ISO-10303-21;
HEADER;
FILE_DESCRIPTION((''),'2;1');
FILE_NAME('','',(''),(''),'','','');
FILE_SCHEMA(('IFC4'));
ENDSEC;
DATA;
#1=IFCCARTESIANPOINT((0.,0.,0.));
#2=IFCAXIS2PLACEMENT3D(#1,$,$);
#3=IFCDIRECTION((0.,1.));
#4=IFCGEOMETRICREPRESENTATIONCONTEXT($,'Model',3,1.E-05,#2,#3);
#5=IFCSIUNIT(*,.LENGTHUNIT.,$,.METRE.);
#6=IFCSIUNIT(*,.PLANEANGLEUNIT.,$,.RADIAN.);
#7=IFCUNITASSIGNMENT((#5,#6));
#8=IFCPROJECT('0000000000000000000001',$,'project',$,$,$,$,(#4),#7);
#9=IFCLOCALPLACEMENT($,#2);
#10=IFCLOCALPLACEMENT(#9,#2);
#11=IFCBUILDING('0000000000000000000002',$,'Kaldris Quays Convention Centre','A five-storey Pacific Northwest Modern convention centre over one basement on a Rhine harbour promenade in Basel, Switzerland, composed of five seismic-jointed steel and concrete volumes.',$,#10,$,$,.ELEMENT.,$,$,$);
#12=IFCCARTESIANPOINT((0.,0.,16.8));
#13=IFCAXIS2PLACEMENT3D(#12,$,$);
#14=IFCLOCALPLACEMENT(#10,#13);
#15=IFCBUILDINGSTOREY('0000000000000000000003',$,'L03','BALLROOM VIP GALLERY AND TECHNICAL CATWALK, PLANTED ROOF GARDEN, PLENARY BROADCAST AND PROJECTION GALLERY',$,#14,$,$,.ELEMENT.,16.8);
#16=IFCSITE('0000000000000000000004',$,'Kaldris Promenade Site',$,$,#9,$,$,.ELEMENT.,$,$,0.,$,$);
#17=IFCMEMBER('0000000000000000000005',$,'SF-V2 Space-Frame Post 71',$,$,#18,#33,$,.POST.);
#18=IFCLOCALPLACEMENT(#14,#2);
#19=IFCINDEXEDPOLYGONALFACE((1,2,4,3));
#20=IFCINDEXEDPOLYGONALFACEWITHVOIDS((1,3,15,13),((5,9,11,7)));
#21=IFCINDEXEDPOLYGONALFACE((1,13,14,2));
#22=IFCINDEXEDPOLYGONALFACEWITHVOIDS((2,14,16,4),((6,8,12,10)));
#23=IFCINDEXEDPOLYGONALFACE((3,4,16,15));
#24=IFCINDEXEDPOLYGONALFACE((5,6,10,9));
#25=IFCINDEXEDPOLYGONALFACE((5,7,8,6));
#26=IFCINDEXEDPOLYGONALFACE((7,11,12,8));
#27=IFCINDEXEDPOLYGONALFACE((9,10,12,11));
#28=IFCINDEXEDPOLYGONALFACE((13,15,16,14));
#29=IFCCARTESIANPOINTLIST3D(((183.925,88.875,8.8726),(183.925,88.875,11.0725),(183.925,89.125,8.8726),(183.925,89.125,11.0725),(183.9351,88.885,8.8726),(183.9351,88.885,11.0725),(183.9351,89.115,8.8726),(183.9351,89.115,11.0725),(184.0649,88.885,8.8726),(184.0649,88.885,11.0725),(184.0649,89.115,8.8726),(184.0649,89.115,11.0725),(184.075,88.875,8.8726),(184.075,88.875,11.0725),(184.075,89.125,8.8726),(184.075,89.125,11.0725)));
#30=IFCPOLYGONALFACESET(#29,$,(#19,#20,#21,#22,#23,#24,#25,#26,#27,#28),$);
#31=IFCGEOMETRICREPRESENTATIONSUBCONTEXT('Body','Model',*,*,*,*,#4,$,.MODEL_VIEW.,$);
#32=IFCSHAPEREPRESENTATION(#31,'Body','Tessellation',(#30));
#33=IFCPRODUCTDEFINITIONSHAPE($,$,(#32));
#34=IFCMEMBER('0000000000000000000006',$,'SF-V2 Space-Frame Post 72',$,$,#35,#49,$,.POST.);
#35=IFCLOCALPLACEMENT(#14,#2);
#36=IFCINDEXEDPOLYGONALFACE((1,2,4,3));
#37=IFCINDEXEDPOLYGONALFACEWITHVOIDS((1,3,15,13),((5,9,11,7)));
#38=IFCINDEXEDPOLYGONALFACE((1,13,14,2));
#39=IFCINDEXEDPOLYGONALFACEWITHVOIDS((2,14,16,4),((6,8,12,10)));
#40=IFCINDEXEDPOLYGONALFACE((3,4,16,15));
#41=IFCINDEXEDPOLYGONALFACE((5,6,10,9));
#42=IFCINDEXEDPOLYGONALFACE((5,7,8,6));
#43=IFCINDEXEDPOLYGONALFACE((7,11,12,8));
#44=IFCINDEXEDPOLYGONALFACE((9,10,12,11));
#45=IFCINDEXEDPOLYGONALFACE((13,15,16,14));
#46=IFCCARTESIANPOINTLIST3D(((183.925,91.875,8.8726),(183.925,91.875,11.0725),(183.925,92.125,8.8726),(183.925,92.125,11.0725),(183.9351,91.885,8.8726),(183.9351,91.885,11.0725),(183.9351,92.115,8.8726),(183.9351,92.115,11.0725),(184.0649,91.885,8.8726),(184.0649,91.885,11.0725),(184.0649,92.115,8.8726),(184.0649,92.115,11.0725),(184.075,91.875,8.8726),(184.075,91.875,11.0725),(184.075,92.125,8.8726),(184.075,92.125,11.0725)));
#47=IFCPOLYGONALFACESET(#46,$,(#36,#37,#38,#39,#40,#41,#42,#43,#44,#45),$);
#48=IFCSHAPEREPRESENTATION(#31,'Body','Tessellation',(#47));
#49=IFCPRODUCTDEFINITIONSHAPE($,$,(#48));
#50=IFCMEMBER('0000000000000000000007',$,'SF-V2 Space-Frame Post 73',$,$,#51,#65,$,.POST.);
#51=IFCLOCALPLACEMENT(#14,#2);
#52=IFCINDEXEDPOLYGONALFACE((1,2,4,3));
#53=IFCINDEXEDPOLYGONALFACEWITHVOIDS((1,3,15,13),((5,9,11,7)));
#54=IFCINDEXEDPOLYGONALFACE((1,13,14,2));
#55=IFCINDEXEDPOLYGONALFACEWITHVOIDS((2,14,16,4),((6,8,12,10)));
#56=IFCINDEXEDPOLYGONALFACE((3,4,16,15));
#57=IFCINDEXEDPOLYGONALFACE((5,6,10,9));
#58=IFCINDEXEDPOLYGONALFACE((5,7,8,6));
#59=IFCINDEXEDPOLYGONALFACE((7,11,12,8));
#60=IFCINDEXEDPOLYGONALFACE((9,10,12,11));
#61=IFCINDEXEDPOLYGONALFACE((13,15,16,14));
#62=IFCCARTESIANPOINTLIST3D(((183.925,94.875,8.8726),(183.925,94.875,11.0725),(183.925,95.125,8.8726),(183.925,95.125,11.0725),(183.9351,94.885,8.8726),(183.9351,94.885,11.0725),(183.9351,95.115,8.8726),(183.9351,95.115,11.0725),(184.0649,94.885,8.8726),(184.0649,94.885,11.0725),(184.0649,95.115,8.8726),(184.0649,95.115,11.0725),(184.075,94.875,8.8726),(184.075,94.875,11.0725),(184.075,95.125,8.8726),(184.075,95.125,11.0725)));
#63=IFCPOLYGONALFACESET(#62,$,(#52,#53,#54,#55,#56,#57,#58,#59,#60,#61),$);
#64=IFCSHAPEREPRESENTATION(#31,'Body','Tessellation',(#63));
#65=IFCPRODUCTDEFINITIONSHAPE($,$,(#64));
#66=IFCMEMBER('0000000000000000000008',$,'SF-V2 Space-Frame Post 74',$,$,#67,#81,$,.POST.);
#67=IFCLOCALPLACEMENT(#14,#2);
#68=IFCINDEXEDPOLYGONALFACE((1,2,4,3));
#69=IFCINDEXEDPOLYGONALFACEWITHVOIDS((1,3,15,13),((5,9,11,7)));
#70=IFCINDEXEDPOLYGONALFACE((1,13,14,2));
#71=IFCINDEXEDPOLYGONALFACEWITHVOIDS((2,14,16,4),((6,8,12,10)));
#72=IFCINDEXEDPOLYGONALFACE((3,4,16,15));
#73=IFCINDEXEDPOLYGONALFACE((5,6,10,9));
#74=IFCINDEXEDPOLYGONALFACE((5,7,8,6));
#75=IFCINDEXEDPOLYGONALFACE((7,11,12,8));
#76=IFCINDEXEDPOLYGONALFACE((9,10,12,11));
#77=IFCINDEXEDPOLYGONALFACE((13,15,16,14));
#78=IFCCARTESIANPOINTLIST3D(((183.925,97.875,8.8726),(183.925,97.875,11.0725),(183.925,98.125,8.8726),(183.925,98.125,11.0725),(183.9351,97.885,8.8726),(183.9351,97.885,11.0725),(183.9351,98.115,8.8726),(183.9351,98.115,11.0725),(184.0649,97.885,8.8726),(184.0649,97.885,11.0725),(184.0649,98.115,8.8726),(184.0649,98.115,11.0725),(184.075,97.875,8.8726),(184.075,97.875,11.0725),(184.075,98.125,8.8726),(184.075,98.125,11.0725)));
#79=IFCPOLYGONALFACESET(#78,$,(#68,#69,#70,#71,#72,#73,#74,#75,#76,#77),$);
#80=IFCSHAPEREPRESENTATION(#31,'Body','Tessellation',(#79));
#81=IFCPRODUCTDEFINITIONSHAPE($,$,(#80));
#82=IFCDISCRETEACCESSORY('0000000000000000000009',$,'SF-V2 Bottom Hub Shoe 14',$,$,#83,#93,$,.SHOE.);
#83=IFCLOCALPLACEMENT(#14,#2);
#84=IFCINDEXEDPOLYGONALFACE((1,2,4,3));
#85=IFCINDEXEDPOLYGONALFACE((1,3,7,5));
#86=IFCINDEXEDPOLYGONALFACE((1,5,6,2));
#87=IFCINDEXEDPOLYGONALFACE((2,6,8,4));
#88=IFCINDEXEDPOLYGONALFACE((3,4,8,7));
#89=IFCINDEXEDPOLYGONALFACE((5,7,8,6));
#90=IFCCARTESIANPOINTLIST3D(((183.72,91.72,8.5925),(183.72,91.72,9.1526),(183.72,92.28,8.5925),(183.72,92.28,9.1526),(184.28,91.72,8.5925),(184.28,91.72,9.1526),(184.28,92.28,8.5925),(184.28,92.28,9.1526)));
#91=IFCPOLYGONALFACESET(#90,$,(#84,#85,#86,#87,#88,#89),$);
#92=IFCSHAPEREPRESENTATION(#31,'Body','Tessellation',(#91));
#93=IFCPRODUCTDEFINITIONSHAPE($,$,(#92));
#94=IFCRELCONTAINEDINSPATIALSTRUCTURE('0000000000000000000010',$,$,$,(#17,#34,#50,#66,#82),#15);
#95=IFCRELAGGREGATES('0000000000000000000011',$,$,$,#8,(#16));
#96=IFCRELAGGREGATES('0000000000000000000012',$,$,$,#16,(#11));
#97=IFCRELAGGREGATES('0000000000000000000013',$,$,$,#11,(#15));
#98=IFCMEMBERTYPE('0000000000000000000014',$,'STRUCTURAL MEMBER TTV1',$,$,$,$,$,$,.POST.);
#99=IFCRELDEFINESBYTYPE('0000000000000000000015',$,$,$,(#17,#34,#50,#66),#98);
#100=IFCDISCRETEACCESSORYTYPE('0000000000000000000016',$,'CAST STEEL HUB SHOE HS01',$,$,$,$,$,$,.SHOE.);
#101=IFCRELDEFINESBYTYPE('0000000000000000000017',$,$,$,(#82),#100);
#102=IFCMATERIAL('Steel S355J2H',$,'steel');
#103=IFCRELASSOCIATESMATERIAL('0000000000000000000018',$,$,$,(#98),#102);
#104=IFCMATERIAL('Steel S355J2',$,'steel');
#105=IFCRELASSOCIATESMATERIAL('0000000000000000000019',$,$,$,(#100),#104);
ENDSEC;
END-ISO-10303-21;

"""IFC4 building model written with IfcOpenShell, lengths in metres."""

from ifc_helpers import new_model, si_unit, direction, frame, origin, origin_2d, place, context, subcontext, project, spatial, rectangle, hollow_rectangle, extrude, material, material_profile, profile_set, type_object, element, save


model = new_model("IFC4")

# Units and contexts
model_context = context("Model", 3, precision=1e-05, world=origin(), true_north=direction((0.0, 1.0)))
body_context = subcontext(model_context, "Body", "Model", "MODEL_VIEW")
ifc_project = project(units=[si_unit("LENGTHUNIT", "METRE"), si_unit("PLANEANGLEUNIT", "RADIAN")], contexts=[model_context])

# Site, building, storey
site_placement = place(None, origin())
site = spatial("IfcSite", under=ifc_project, at=site_placement, Name="Kaldris Promenade Site", CompositionType="ELEMENT", RefElevation=0.0)
building_placement = place(site_placement, origin())
building = spatial("IfcBuilding", under=site, at=building_placement, Name="Kaldris Quays Convention Centre", Description="A five-storey Pacific Northwest Modern convention centre over one basement on a Rhine harbour promenade in Basel, Switzerland, composed of five seismic-jointed steel and concrete volumes.", CompositionType="ELEMENT")
storey_placement = place(building_placement, frame((0.0, 0.0, 16.8)))
storey = spatial("IfcBuildingStorey", under=building, at=storey_placement, Name="L03", Description="BALLROOM VIP GALLERY AND TECHNICAL CATWALK, PLANTED ROOF GARDEN, PLENARY BROADCAST AND PROJECTION GALLERY", CompositionType="ELEMENT", Elevation=16.8)

# Members
ifc_material_1 = material(Name="Steel S355J2H", Category="steel")
ifc_material_profile_1 = material_profile(ifc_material_1, hollow_rectangle(XDim=0.1499, YDim=0.25, WallThickness=0.01, at=origin_2d()), Name="RHS 250x150x10")
ifc_profile_set_1 = profile_set([ifc_material_profile_1], Name="Steel S355J2H")
member_type_1 = type_object("IfcMemberType", Name="STRUCTURAL MEMBER TTV1", PredefinedType="POST", material=ifc_profile_set_1)
for number, where, z_axis, x_axis, name in (
    (1, (184.0, 89.0, 8.8726), (0.0, 0.0, 1.0), (1.0, 0.0, 0.0), "SF-V2 Space-Frame Post 71"),
    (2, (184.0, 92.0, 8.8726), (0.0, 0.0, 1.0), (1.0, 0.0, 0.0), "SF-V2 Space-Frame Post 72"),
    (3, (184.0, 95.0, 8.8726), (0.0, 0.0, 1.0), (1.0, 0.0, 0.0), "SF-V2 Space-Frame Post 73"),
    (4, (184.0, 98.0, 8.8726), (0.0, 0.0, 1.0), (1.0, 0.0, 0.0), "SF-V2 Space-Frame Post 74"),
):
    element("IfcMember", number, at=place(storey_placement, frame(where, z_axis=z_axis, x_axis=x_axis)), inside=storey, type_object=member_type_1, Name=name, PredefinedType="POST", context=body_context, shape_type="SweptSolid", body=[
        extrude(hollow_rectangle(XDim=0.1499, YDim=0.25, WallThickness=0.01, at=origin_2d()), origin(), (0.0, 0.0, 1.0), 2.2),
    ])

# Discrete accessory
ifc_material_2 = material(Name="Steel S355J2", Category="steel")
discrete_accessory_type = type_object("IfcDiscreteAccessoryType", Name="CAST STEEL HUB SHOE HS01", PredefinedType="SHOE", material=ifc_material_2)
discrete_accessory_placement = place(storey_placement, frame((184.0, 92.0, 8.5925), z_axis=(0.0, 0.0, 1.0), x_axis=(1.0, 0.0, 0.0)))
element("IfcDiscreteAccessory", 5, at=discrete_accessory_placement, inside=storey, type_object=discrete_accessory_type, Name="SF-V2 Bottom Hub Shoe 14", PredefinedType="SHOE", context=body_context, shape_type="SweptSolid", body=[
    extrude(rectangle(XDim=0.5601, YDim=0.5601, at=origin_2d()), origin(), (0.0, 0.0, 1.0), 0.5601),
])

save(model, "model.ifc")
